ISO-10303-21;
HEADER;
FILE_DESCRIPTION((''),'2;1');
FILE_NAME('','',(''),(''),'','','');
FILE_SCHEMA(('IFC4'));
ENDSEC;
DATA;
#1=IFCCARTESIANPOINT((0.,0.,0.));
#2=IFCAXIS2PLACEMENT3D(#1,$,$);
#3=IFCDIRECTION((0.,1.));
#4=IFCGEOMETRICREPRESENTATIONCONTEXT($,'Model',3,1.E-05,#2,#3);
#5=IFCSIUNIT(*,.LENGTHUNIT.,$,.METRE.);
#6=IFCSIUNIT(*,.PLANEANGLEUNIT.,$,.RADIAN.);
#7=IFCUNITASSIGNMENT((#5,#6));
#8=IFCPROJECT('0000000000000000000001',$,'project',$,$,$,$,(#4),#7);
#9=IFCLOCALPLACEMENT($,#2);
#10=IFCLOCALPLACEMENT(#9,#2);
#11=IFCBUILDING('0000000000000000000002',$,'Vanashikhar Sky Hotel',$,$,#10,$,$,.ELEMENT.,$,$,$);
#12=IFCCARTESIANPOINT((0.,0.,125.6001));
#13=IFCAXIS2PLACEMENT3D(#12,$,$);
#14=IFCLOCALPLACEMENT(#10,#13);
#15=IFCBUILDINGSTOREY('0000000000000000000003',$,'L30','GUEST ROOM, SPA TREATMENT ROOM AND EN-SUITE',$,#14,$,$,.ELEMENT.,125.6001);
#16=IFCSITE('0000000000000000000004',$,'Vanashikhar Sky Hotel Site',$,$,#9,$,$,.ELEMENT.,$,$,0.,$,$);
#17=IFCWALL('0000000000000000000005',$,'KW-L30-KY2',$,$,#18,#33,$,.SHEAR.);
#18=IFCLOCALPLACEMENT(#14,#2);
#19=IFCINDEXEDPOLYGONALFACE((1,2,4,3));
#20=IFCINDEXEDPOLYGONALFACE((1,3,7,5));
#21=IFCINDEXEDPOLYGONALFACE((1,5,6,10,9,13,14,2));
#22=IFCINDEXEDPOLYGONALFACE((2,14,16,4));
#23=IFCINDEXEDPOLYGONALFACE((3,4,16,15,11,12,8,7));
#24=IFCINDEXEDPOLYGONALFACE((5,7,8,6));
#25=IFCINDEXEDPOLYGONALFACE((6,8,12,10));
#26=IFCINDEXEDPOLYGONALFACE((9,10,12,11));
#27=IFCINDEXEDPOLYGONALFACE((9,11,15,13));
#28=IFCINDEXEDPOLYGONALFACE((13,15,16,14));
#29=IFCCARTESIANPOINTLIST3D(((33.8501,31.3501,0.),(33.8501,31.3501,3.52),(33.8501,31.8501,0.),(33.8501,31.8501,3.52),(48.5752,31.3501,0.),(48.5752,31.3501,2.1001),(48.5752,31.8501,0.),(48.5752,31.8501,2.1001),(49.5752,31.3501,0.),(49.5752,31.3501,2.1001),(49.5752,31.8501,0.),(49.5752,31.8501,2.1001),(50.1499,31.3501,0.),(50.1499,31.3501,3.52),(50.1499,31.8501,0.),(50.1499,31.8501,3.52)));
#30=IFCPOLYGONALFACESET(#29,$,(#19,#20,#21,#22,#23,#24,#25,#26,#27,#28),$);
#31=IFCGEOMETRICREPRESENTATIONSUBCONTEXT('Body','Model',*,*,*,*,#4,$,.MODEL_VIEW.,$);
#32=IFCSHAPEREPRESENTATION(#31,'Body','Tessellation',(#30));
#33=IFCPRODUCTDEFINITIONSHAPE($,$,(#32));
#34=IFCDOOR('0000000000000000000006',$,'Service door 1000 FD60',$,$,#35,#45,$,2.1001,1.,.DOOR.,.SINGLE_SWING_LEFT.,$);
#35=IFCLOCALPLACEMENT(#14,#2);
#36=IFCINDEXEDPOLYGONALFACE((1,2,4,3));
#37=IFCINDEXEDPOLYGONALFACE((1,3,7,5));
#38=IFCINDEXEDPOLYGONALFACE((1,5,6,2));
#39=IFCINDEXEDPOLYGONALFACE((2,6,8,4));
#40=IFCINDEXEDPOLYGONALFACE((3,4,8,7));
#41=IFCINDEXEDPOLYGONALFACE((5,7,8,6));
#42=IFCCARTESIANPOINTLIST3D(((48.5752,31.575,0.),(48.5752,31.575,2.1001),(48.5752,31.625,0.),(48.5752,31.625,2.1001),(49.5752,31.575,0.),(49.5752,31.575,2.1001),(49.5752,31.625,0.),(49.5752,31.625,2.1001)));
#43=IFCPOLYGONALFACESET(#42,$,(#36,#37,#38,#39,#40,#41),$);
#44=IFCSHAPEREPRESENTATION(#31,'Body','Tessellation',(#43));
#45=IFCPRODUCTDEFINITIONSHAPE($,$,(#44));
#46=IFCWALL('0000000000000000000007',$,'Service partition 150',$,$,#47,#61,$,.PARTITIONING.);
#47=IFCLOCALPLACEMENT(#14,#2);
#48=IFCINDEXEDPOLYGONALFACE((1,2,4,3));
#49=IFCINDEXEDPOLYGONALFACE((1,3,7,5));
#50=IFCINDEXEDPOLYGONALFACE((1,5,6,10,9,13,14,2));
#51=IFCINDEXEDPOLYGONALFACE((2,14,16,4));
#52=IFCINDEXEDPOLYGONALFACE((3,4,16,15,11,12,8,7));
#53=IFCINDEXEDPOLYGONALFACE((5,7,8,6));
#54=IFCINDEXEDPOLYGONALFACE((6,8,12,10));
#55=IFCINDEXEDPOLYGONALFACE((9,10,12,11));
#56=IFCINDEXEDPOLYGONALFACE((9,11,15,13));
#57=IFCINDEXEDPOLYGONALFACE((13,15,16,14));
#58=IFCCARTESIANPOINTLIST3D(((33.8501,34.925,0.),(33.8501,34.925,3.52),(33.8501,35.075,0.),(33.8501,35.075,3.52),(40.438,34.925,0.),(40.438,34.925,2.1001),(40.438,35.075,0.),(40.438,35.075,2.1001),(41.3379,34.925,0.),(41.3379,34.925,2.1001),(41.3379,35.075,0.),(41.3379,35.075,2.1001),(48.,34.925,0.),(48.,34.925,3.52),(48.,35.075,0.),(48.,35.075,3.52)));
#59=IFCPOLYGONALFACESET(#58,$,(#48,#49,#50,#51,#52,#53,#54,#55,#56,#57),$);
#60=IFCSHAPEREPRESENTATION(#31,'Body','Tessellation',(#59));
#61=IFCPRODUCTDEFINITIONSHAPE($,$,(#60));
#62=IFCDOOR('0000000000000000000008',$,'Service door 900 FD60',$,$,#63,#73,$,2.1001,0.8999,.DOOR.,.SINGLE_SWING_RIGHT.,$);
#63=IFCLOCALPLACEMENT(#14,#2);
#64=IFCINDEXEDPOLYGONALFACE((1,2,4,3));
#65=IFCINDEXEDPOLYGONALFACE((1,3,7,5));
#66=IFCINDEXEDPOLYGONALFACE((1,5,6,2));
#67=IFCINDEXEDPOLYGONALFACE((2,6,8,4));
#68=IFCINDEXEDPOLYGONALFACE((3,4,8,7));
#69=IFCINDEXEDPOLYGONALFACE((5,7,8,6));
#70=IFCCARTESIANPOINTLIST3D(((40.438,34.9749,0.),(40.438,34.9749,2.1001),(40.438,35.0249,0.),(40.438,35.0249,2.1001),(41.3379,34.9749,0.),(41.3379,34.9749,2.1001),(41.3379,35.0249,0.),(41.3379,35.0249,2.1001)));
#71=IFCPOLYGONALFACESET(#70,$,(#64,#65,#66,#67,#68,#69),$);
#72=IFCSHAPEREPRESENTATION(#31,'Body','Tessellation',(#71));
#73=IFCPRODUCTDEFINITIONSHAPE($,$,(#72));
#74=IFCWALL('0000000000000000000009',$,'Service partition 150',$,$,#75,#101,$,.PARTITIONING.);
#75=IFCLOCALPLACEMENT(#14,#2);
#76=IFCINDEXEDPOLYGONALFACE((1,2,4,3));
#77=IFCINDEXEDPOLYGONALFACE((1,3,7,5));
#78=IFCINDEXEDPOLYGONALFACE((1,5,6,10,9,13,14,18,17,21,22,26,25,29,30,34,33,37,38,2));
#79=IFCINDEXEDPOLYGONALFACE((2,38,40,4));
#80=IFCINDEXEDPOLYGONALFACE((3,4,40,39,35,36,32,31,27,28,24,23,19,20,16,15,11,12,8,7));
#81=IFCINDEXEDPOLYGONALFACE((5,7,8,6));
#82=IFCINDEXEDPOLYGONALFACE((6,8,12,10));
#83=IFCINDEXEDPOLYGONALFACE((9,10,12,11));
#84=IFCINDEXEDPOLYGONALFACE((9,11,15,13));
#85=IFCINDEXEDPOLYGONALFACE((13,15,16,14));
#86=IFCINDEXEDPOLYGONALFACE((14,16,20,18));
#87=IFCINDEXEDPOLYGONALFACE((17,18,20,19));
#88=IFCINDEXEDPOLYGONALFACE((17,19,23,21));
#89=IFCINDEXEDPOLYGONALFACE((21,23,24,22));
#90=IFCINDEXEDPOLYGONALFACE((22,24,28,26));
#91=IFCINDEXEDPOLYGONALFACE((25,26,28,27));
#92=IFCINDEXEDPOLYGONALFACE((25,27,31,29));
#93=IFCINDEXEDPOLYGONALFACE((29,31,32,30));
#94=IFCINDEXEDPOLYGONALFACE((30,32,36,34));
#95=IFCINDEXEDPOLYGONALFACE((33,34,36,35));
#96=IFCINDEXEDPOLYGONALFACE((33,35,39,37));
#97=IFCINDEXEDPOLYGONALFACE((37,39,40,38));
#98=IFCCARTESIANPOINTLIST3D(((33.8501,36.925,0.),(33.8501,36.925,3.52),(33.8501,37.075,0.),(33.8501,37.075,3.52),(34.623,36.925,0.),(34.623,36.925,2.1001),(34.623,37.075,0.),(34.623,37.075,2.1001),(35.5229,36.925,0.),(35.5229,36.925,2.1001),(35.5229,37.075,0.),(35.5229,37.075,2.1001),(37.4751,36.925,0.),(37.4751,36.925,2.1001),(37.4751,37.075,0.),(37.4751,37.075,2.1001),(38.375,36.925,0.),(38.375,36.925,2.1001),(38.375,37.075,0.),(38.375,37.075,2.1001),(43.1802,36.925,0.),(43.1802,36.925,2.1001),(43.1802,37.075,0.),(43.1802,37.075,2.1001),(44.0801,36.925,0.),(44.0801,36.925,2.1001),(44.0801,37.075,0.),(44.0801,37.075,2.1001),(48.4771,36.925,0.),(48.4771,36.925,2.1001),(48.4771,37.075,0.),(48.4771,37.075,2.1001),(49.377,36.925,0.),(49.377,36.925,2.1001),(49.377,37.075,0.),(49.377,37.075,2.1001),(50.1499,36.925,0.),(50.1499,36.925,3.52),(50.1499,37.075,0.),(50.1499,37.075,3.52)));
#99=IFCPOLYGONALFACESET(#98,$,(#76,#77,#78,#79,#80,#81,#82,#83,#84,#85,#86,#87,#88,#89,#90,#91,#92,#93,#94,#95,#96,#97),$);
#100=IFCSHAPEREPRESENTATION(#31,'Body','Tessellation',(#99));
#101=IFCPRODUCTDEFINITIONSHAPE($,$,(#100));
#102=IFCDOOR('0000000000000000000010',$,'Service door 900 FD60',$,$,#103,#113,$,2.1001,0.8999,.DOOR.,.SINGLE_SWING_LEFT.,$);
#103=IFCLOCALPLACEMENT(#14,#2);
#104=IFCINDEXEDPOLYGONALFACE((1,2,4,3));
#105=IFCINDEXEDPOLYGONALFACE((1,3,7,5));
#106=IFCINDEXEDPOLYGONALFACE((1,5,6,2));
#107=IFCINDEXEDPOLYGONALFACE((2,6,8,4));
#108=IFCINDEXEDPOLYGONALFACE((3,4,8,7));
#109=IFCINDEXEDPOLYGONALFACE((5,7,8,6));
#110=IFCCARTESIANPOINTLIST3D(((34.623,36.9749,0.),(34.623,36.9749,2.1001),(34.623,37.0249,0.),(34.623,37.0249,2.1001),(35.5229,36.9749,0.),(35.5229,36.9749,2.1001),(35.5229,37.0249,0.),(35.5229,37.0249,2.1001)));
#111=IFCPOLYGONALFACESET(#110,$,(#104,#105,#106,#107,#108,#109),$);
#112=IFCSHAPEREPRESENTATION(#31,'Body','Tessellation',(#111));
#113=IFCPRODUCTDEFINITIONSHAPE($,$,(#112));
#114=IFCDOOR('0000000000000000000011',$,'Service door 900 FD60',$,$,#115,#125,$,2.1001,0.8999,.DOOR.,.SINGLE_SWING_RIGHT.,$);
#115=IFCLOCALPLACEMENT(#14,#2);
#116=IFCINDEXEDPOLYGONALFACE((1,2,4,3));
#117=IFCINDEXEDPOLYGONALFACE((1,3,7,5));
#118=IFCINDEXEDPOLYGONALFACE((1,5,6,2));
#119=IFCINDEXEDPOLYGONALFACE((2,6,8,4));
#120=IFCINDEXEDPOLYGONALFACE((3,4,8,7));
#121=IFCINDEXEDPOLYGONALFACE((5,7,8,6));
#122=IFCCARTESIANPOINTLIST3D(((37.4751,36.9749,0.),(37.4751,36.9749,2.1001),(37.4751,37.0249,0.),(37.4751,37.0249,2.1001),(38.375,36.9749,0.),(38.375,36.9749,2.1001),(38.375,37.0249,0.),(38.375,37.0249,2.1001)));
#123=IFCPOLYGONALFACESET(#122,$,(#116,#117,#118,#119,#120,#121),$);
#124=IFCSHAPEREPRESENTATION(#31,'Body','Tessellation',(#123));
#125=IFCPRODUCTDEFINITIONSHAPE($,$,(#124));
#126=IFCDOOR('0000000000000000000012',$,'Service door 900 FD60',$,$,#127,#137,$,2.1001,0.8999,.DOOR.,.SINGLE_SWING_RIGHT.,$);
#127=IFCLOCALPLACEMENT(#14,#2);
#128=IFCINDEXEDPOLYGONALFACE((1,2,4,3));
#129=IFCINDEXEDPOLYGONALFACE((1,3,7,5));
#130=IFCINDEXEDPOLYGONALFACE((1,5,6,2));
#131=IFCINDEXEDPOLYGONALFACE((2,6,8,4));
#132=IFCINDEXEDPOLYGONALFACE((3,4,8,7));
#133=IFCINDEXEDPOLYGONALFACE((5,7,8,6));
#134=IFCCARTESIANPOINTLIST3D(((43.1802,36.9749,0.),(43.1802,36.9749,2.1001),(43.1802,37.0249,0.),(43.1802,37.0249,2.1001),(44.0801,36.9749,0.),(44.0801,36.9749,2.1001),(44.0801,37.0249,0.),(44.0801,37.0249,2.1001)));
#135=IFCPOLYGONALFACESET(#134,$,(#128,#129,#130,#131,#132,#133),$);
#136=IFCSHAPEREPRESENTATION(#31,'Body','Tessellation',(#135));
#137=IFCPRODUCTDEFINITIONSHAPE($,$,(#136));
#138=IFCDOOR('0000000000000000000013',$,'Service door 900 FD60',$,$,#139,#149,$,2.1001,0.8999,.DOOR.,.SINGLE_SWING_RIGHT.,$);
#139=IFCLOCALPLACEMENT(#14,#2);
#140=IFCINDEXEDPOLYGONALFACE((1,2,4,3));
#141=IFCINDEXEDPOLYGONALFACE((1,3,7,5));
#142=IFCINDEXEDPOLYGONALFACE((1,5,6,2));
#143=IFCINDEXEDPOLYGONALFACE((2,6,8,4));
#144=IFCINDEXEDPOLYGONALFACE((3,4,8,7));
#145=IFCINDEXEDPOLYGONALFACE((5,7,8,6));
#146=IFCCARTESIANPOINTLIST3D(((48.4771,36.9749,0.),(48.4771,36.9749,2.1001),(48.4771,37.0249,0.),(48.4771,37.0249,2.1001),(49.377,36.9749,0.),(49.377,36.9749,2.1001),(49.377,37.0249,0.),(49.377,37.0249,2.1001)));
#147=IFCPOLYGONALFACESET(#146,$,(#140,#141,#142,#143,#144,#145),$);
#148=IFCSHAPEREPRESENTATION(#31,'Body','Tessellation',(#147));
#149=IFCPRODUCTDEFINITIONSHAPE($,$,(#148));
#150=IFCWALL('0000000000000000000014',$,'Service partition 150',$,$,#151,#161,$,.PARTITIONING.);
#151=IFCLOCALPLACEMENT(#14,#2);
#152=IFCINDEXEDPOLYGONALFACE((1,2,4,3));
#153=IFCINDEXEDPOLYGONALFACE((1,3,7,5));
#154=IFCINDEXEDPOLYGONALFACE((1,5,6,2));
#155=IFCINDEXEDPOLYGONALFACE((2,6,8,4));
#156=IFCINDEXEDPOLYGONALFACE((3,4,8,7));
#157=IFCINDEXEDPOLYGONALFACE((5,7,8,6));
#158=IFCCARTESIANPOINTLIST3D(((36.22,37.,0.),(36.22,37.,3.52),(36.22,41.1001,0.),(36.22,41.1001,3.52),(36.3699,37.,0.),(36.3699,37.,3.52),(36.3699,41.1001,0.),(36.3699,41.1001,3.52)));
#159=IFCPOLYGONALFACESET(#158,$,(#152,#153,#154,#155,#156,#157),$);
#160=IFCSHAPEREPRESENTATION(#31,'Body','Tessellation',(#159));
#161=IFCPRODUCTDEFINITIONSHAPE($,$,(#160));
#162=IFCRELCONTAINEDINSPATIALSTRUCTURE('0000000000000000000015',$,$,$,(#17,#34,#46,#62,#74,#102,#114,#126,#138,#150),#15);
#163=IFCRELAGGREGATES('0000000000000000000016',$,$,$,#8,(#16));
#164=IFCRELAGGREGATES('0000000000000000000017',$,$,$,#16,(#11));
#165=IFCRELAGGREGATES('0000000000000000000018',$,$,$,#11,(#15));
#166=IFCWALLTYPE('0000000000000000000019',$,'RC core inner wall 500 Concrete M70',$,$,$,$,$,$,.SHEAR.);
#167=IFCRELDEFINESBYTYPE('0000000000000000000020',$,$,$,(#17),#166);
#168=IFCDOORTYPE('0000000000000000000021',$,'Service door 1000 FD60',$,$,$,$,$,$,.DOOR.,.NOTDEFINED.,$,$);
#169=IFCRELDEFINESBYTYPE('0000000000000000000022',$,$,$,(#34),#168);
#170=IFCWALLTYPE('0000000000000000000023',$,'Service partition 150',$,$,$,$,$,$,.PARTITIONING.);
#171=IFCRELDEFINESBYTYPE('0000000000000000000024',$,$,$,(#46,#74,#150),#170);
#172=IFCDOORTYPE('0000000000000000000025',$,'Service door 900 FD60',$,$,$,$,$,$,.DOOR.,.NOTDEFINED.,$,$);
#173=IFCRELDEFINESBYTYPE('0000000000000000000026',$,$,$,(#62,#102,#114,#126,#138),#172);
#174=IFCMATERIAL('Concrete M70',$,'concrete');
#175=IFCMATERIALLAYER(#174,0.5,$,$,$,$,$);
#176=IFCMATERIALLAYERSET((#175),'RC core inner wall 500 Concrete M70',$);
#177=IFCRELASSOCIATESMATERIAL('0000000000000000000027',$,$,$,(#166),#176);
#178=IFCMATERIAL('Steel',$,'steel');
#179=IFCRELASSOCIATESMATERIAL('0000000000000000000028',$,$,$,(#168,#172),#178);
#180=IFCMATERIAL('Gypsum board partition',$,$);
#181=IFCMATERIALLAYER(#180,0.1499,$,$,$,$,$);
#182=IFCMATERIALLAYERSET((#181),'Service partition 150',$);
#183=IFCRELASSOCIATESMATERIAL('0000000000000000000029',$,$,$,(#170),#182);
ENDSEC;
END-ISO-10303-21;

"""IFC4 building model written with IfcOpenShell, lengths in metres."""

from ifc_helpers import new_model, si_unit, direction, frame, frame_2d, origin, place, context, subcontext, project, spatial, rectangle, extrude, source, transform, mapped, material, layer, layer_set, type_object, element, fill, save


model = new_model("IFC4")

# Units and contexts
model_context = context("Model", 3, precision=1e-05, world=origin(), true_north=direction((0.0, 1.0)))
body_context = subcontext(model_context, "Body", "Model", "MODEL_VIEW")
ifc_project = project(units=[si_unit("LENGTHUNIT", "METRE"), si_unit("PLANEANGLEUNIT", "RADIAN")], contexts=[model_context])

# Site, building, storey
site_placement = place(None, origin())
site = spatial("IfcSite", under=ifc_project, at=site_placement, Name="Vanashikhar Sky Hotel Site", CompositionType="ELEMENT", RefElevation=0.0)
building_placement = place(site_placement, origin())
building = spatial("IfcBuilding", under=site, at=building_placement, Name="Vanashikhar Sky Hotel", CompositionType="ELEMENT")
storey_placement = place(building_placement, frame((0.0, 0.0, 125.6001)))
storey = spatial("IfcBuildingStorey", under=building, at=storey_placement, Name="L30", Description="GUEST ROOM, SPA TREATMENT ROOM AND EN-SUITE", CompositionType="ELEMENT", Elevation=125.6001)

# Walls, openings, doors
ifc_material_1 = material(Name="Concrete M70", Category="concrete")
ifc_layer_1 = layer(ifc_material_1, 0.5)
ifc_layer_set_1 = layer_set([ifc_layer_1], Name="RC core inner wall 500 Concrete M70")
wall_type_1 = type_object("IfcWallType", Name="RC core inner wall 500 Concrete M70", PredefinedType="SHEAR", material=ifc_layer_set_1)
shared_shape_1 = source(origin(), body_context, "Body", "SweptSolid", [
    extrude(rectangle(XDim=16.2998, YDim=0.5, at=frame_2d((8.1499, 0.0))), origin(), (0.0, 0.0, 1.0), 3.52),
])
wall_1_placement = place(storey_placement, frame((33.8501, 31.6001, 0.0), z_axis=(0.0, 0.0, 1.0), x_axis=(1.0, 0.0, 0.0)))
wall_1 = element("IfcWall", 1, at=wall_1_placement, inside=storey, type_object=wall_type_1, Name="KW-L30-KY2", PredefinedType="SHEAR", context=body_context, shape_type="MappedRepresentation", body=[
    mapped(shared_shape_1, transform((0.0, 0.0, 0.0), scale=1.0)),
])
shared_shape_2 = source(origin(), body_context, "Body", "SweptSolid", [
    extrude(rectangle(XDim=1.0, YDim=2.1001, at=frame_2d((0.5, 1.05))), frame((0.0, 0.26, 0.0), z_axis=(0.0, -1.0, 0.0), x_axis=(1.0, 0.0, 0.0)), (0.0, 0.0, 1.0), 0.52),
])
opening_1_placement = place(wall_1_placement, frame((14.7251, 0.0, 0.0)))
opening_1 = element("IfcOpeningElement", 2, at=opening_1_placement, cuts=wall_1, PredefinedType="OPENING", context=body_context, shape_type="MappedRepresentation", body=[
    mapped(shared_shape_2, transform((0.0, 0.0, 0.0), scale=1.0)),
])
ifc_material_2 = material(Name="Steel", Category="steel")
door_type_1 = type_object("IfcDoorType", Name="Service door 1000 FD60", OperationType="NOTDEFINED", PredefinedType="DOOR", material=ifc_material_2)
shared_shape_3 = source(origin(), body_context, "Body", "SweptSolid", [
    extrude(rectangle(XDim=1.0, YDim=2.1001, at=frame_2d((0.5, 1.05))), frame((0.0, 0.0249, 0.0), z_axis=(0.0, -1.0, 0.0), x_axis=(1.0, 0.0, 0.0)), (0.0, 0.0, 1.0), 0.05),
])
door_1_placement = place(opening_1_placement, origin())
door_1 = element("IfcDoor", 3, at=door_1_placement, inside=storey, type_object=door_type_1, Name="Service door 1000 FD60", OperationType="SINGLE_SWING_LEFT", OverallHeight=2.1001, OverallWidth=1.0, PredefinedType="DOOR", context=body_context, shape_type="MappedRepresentation", body=[
    mapped(shared_shape_3, transform((0.0, 0.0, 0.0), scale=1.0)),
])
fill(opening_1, door_1)
ifc_material_3 = material(Name="Gypsum board partition")
ifc_layer_2 = layer(ifc_material_3, 0.1499)
ifc_layer_set_2 = layer_set([ifc_layer_2], Name="Service partition 150")
wall_type_2 = type_object("IfcWallType", Name="Service partition 150", PredefinedType="PARTITIONING", material=ifc_layer_set_2)
shared_shape_4 = source(origin(), body_context, "Body", "SweptSolid", [
    extrude(rectangle(XDim=14.1499, YDim=0.1499, at=frame_2d((7.075, 0.0))), origin(), (0.0, 0.0, 1.0), 3.52),
])
wall_2_placement = place(storey_placement, frame((33.8501, 35.0, 0.0), z_axis=(0.0, 0.0, 1.0), x_axis=(1.0, 0.0, 0.0)))
wall_2 = element("IfcWall", 4, at=wall_2_placement, inside=storey, type_object=wall_type_2, Name="Service partition 150", PredefinedType="PARTITIONING", context=body_context, shape_type="MappedRepresentation", body=[
    mapped(shared_shape_4, transform((0.0, 0.0, 0.0), scale=1.0)),
])
shared_shape_5 = source(origin(), body_context, "Body", "SweptSolid", [
    extrude(rectangle(XDim=0.8999, YDim=2.1001, at=frame_2d((0.45, 1.05))), frame((0.0, 0.085, 0.0), z_axis=(0.0, -1.0, 0.0), x_axis=(1.0, 0.0, 0.0)), (0.0, 0.0, 1.0), 0.1699),
])
opening_2_placement = place(wall_2_placement, frame((6.5879, 0.0, 0.0)))
opening_2 = element("IfcOpeningElement", 5, at=opening_2_placement, cuts=wall_2, PredefinedType="OPENING", context=body_context, shape_type="MappedRepresentation", body=[
    mapped(shared_shape_5, transform((0.0, 0.0, 0.0), scale=1.0)),
])
door_type_2 = type_object("IfcDoorType", Name="Service door 900 FD60", OperationType="NOTDEFINED", PredefinedType="DOOR", material=ifc_material_2)
shared_shape_6 = source(origin(), body_context, "Body", "SweptSolid", [
    extrude(rectangle(XDim=0.8999, YDim=2.1001, at=frame_2d((0.45, 1.05))), frame((0.0, 0.0249, 0.0), z_axis=(0.0, -1.0, 0.0), x_axis=(1.0, 0.0, 0.0)), (0.0, 0.0, 1.0), 0.05),
])
door_2_placement = place(opening_2_placement, origin())
door_2 = element("IfcDoor", 6, at=door_2_placement, inside=storey, type_object=door_type_2, Name="Service door 900 FD60", OperationType="SINGLE_SWING_RIGHT", OverallHeight=2.1001, OverallWidth=0.8999, PredefinedType="DOOR", context=body_context, shape_type="MappedRepresentation", body=[
    mapped(shared_shape_6, transform((0.0, 0.0, 0.0), scale=1.0)),
])
fill(opening_2, door_2)

# Wall, openings, doors
shared_shape_7 = source(origin(), body_context, "Body", "SweptSolid", [
    extrude(rectangle(XDim=16.2998, YDim=0.1499, at=frame_2d((8.1499, 0.0))), origin(), (0.0, 0.0, 1.0), 3.52),
])
wall_3_placement = place(storey_placement, frame((33.8501, 37.0, 0.0), z_axis=(0.0, 0.0, 1.0), x_axis=(1.0, 0.0, 0.0)))
wall_3 = element("IfcWall", 7, at=wall_3_placement, inside=storey, type_object=wall_type_2, Name="Service partition 150", PredefinedType="PARTITIONING", context=body_context, shape_type="MappedRepresentation", body=[
    mapped(shared_shape_7, transform((0.0, 0.0, 0.0), scale=1.0)),
])
opening_3_placement = place(wall_3_placement, frame((0.7729, 0.0, 0.0)))
opening_3 = element("IfcOpeningElement", 8, at=opening_3_placement, cuts=wall_3, PredefinedType="OPENING", context=body_context, shape_type="MappedRepresentation", body=[
    mapped(shared_shape_5, transform((0.0, 0.0, 0.0), scale=1.0)),
])
opening_4_placement = place(wall_3_placement, frame((3.625, 0.0, 0.0)))
opening_4 = element("IfcOpeningElement", 9, at=opening_4_placement, cuts=wall_3, PredefinedType="OPENING", context=body_context, shape_type="MappedRepresentation", body=[
    mapped(shared_shape_5, transform((0.0, 0.0, 0.0), scale=1.0)),
])
opening_5_placement = place(wall_3_placement, frame((9.3301, 0.0, 0.0)))
opening_5 = element("IfcOpeningElement", 10, at=opening_5_placement, cuts=wall_3, PredefinedType="OPENING", context=body_context, shape_type="MappedRepresentation", body=[
    mapped(shared_shape_5, transform((0.0, 0.0, 0.0), scale=1.0)),
])
opening_6_placement = place(wall_3_placement, frame((14.627, 0.0, 0.0)))
opening_6 = element("IfcOpeningElement", 11, at=opening_6_placement, cuts=wall_3, PredefinedType="OPENING", context=body_context, shape_type="MappedRepresentation", body=[
    mapped(shared_shape_5, transform((0.0, 0.0, 0.0), scale=1.0)),
])
door_3_placement = place(opening_3_placement, origin())
door_3 = element("IfcDoor", 12, at=door_3_placement, inside=storey, type_object=door_type_2, Name="Service door 900 FD60", OperationType="SINGLE_SWING_LEFT", OverallHeight=2.1001, OverallWidth=0.8999, PredefinedType="DOOR", context=body_context, shape_type="MappedRepresentation", body=[
    mapped(shared_shape_6, transform((0.0, 0.0, 0.0), scale=1.0)),
])
fill(opening_3, door_3)
door_4_placement = place(opening_4_placement, origin())
door_4 = element("IfcDoor", 13, at=door_4_placement, inside=storey, type_object=door_type_2, Name="Service door 900 FD60", OperationType="SINGLE_SWING_RIGHT", OverallHeight=2.1001, OverallWidth=0.8999, PredefinedType="DOOR", context=body_context, shape_type="MappedRepresentation", body=[
    mapped(shared_shape_6, transform((0.0, 0.0, 0.0), scale=1.0)),
])
fill(opening_4, door_4)
door_5_placement = place(opening_5_placement, origin())
door_5 = element("IfcDoor", 14, at=door_5_placement, inside=storey, type_object=door_type_2, Name="Service door 900 FD60", OperationType="SINGLE_SWING_RIGHT", OverallHeight=2.1001, OverallWidth=0.8999, PredefinedType="DOOR", context=body_context, shape_type="MappedRepresentation", body=[
    mapped(shared_shape_6, transform((0.0, 0.0, 0.0), scale=1.0)),
])
fill(opening_5, door_5)
door_6_placement = place(opening_6_placement, origin())
door_6 = element("IfcDoor", 15, at=door_6_placement, inside=storey, type_object=door_type_2, Name="Service door 900 FD60", OperationType="SINGLE_SWING_RIGHT", OverallHeight=2.1001, OverallWidth=0.8999, PredefinedType="DOOR", context=body_context, shape_type="MappedRepresentation", body=[
    mapped(shared_shape_6, transform((0.0, 0.0, 0.0), scale=1.0)),
])
fill(opening_6, door_6)

# Wall
shared_shape_8 = source(origin(), body_context, "Body", "SweptSolid", [
    extrude(rectangle(XDim=4.1001, YDim=0.1499, at=frame_2d((2.05, 0.0))), origin(), (0.0, 0.0, 1.0), 3.52),
])
for number, where, z_axis, x_axis, name in (
    (16, (36.2949, 37.0, 0.0), (0.0, 0.0, 1.0), (0.0, 1.0, 0.0), "Service partition 150"),
):
    element("IfcWall", number, at=place(storey_placement, frame(where, z_axis=z_axis, x_axis=x_axis)), inside=storey, type_object=wall_type_2, Name=name, PredefinedType="PARTITIONING", context=body_context, shape_type="MappedRepresentation", body=[
        mapped(shared_shape_8, transform((0.0, 0.0, 0.0), scale=1.0)),
    ])

save(model, "model.ifc")
